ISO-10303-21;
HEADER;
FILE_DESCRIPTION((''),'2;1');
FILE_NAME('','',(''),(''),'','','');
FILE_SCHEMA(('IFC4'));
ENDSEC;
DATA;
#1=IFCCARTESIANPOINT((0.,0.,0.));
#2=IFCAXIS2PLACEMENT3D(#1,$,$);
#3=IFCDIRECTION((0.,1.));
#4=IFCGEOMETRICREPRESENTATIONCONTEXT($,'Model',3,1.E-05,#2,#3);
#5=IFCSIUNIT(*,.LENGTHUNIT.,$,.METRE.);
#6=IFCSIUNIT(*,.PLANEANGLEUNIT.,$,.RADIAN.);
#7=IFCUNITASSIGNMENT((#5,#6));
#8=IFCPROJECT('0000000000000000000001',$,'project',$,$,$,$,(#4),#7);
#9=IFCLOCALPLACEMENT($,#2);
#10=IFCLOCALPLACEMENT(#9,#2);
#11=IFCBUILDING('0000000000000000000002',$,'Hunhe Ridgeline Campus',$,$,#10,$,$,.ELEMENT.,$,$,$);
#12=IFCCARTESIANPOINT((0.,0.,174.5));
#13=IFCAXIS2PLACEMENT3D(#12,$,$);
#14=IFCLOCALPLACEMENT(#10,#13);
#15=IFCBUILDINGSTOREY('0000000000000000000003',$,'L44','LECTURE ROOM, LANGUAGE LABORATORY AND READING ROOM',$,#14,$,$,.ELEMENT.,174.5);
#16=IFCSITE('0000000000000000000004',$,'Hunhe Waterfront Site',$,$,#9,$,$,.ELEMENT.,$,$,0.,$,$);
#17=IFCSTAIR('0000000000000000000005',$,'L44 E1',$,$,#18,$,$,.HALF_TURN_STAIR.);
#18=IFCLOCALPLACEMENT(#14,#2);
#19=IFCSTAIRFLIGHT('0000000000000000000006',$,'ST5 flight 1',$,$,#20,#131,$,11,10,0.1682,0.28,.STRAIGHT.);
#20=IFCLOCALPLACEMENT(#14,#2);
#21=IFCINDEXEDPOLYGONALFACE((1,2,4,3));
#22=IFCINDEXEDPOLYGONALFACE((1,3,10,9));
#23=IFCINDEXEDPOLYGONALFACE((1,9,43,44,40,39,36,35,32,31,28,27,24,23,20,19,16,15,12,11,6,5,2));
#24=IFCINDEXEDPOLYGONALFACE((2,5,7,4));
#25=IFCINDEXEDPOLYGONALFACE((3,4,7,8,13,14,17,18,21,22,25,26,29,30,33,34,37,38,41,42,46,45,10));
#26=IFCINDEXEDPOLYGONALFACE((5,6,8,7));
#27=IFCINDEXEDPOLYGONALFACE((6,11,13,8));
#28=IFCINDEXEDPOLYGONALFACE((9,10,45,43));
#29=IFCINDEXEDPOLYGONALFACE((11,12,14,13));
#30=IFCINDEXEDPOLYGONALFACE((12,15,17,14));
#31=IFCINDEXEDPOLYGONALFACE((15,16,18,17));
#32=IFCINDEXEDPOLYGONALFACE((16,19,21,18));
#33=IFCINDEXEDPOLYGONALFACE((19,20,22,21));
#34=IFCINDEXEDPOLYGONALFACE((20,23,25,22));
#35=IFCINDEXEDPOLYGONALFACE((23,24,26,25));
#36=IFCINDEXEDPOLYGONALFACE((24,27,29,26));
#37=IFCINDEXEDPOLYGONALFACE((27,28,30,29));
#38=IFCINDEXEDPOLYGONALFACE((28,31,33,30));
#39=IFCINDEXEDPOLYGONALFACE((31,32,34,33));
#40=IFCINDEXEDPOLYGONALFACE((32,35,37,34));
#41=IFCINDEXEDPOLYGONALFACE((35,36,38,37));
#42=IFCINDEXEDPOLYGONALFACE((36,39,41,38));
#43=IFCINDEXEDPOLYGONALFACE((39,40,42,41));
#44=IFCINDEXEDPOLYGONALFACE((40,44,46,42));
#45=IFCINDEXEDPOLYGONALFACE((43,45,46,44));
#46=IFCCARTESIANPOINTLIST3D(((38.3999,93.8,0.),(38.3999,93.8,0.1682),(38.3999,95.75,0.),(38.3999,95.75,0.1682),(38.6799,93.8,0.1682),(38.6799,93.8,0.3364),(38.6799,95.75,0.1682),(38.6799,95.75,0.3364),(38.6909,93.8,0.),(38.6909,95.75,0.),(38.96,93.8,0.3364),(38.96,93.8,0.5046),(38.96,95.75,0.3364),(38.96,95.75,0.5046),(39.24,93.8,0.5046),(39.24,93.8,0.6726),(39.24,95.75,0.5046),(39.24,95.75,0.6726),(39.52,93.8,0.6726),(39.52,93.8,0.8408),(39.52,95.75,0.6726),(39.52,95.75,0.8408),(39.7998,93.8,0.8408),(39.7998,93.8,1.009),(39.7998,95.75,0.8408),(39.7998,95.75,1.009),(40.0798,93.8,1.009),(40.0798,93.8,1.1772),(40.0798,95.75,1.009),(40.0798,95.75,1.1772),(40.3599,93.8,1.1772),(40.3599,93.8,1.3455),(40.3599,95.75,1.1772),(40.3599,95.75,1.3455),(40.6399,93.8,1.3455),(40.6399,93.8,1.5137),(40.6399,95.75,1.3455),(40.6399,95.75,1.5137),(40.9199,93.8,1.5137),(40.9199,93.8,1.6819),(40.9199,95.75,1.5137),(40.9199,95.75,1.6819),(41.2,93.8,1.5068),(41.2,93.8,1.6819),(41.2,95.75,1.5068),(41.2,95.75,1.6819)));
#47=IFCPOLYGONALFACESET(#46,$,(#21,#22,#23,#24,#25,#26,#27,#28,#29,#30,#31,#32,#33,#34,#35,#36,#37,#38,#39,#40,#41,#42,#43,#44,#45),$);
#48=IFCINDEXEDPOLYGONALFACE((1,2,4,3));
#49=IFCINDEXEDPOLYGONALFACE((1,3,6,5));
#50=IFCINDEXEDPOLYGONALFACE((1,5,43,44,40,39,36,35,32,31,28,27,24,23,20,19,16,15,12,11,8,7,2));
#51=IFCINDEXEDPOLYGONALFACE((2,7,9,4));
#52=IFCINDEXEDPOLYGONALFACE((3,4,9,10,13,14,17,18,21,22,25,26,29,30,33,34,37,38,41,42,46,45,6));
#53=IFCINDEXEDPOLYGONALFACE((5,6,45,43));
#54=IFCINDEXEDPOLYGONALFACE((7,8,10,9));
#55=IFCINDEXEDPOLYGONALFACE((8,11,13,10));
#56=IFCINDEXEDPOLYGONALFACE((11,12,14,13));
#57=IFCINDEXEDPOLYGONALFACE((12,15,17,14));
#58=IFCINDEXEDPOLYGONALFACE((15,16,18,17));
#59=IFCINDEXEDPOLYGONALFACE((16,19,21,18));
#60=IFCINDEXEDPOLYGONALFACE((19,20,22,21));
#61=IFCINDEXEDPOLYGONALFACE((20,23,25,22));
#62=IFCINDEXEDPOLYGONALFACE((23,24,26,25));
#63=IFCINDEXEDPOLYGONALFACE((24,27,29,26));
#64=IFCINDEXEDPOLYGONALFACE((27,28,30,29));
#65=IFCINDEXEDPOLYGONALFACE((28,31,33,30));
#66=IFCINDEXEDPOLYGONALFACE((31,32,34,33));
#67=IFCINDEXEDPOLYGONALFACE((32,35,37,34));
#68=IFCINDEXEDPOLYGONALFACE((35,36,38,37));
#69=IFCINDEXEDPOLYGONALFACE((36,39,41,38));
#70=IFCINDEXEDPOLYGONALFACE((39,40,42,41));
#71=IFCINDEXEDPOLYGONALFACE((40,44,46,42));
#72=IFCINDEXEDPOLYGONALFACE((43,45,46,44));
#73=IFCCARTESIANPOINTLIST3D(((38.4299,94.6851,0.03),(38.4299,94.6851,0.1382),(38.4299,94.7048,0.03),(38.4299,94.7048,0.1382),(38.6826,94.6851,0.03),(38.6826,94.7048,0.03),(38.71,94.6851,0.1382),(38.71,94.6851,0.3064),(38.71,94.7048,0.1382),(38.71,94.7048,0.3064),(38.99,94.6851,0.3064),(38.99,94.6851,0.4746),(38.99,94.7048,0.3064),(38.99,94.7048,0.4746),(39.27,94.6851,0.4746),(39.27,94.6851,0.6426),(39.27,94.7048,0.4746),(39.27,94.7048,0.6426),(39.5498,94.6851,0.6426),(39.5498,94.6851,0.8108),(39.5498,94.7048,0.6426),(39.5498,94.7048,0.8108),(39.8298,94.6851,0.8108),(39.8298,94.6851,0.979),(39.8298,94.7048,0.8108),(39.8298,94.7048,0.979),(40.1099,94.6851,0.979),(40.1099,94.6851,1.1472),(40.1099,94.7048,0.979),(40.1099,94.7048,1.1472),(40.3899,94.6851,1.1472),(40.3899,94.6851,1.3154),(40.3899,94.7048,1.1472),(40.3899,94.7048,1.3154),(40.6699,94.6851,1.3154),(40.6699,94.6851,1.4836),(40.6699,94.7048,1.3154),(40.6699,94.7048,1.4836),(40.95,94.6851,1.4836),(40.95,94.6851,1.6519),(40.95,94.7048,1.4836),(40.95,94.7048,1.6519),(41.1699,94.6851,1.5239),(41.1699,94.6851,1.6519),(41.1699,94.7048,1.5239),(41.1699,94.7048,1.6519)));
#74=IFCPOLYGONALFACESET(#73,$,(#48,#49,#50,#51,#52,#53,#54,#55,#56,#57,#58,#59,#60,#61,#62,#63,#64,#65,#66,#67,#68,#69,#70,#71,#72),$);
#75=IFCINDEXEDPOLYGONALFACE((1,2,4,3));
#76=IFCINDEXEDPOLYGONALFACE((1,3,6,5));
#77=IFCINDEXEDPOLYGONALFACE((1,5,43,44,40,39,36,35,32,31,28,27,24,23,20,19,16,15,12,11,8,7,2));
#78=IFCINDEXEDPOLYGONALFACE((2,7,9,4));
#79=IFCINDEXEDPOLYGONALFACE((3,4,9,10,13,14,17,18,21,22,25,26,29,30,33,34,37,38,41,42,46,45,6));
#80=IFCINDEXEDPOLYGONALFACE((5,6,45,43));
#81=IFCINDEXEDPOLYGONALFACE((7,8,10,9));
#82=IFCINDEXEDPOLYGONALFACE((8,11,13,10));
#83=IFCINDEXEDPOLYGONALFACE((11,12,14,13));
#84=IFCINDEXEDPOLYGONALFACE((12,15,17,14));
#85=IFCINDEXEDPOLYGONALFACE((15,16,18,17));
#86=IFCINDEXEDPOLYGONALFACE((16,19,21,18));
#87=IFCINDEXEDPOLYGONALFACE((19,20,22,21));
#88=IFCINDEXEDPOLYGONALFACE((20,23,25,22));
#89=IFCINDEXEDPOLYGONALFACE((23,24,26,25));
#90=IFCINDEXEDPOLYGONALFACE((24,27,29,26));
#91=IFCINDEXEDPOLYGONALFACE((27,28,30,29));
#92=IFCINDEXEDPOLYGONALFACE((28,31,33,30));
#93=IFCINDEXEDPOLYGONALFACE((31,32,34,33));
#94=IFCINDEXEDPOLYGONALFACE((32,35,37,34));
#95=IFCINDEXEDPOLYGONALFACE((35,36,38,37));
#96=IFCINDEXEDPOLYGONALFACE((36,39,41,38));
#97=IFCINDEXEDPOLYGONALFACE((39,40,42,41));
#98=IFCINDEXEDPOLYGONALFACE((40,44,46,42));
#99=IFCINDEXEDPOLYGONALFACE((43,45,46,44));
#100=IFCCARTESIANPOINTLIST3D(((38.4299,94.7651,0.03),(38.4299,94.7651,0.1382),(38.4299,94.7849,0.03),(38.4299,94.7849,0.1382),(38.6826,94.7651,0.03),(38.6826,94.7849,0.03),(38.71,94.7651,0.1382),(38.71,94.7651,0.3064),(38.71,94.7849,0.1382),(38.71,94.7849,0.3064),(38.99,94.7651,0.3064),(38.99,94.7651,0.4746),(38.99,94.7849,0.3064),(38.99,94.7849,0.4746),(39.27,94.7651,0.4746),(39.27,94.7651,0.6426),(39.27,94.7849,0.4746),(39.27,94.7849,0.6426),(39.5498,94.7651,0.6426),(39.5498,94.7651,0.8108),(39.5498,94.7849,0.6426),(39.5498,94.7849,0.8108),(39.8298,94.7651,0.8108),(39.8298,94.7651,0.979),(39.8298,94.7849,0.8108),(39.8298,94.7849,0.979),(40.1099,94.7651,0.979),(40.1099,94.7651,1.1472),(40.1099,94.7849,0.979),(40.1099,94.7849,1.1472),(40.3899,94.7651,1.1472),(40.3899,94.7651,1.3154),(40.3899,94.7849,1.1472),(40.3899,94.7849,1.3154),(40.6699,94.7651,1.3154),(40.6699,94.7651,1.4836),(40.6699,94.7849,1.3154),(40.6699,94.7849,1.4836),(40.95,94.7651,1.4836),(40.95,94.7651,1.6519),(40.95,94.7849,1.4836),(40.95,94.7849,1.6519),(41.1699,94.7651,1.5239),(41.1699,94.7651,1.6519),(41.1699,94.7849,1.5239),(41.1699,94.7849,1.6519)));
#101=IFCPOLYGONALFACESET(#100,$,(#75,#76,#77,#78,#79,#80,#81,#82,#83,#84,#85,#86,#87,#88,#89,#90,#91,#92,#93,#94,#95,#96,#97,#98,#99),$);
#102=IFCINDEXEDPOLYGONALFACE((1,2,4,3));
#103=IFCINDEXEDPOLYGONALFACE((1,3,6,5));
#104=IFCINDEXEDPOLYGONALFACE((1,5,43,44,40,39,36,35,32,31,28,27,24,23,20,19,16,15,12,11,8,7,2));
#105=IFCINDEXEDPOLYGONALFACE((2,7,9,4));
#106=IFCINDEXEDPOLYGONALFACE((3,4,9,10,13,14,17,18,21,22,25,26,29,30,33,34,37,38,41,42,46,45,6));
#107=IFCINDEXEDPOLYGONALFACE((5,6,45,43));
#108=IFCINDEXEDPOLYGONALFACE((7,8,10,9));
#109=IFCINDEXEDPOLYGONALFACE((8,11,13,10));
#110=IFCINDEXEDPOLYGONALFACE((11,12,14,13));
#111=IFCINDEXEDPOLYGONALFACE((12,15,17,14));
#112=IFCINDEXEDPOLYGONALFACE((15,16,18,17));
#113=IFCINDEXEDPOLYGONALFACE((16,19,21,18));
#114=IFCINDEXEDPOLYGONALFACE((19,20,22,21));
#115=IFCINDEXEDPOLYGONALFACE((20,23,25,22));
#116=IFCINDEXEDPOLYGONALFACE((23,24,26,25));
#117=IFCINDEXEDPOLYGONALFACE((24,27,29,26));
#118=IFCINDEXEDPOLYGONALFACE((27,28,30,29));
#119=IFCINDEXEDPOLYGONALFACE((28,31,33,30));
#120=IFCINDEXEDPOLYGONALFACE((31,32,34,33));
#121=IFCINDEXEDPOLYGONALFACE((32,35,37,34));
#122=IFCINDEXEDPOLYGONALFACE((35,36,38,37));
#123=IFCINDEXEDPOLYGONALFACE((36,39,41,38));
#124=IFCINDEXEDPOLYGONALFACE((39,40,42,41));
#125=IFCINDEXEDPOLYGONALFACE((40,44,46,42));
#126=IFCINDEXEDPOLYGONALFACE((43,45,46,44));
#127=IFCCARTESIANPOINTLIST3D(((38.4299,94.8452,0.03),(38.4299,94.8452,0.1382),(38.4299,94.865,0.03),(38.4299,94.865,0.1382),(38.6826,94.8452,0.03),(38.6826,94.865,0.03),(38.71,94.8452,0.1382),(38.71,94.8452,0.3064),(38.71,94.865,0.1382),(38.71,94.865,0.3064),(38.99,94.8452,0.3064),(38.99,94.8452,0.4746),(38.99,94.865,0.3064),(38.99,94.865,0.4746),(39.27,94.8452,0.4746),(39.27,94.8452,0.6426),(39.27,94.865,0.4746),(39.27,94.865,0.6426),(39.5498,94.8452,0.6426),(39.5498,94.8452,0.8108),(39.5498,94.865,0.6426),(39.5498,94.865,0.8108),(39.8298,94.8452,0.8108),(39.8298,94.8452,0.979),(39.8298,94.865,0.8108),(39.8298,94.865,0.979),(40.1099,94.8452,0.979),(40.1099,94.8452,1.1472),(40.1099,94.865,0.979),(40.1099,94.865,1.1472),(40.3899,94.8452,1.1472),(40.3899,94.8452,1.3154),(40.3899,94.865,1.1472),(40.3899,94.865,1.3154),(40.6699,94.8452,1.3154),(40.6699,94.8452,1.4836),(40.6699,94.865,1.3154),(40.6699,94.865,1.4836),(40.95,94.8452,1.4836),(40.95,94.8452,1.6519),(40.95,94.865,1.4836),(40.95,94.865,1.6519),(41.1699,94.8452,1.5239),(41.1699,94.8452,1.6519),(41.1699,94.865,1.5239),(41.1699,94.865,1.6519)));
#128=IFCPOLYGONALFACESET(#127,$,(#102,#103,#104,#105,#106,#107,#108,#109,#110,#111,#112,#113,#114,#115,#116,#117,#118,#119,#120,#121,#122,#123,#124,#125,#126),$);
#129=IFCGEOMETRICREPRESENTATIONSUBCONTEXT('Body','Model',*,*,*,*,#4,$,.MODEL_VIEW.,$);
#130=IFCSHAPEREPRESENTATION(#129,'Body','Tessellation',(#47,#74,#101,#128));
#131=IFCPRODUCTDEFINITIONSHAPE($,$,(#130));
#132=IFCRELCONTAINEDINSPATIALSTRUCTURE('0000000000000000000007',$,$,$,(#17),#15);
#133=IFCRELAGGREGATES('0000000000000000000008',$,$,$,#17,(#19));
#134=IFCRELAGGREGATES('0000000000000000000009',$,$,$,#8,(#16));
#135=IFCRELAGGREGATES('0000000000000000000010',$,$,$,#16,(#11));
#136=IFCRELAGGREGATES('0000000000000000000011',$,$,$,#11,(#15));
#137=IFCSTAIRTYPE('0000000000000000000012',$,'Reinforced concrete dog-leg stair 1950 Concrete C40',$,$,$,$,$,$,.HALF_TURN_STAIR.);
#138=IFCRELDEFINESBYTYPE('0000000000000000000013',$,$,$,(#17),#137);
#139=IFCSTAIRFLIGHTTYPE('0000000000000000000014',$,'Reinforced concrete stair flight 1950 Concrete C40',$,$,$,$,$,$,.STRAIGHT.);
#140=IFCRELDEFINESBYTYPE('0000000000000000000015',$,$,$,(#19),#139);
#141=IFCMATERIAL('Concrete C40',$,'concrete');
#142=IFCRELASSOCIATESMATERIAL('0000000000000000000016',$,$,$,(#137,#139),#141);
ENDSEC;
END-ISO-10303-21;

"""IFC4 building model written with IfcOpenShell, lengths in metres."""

from ifc_helpers import new_model, si_unit, direction, frame, origin, place, context, subcontext, project, spatial, polyline, outline, extrude, material, type_object, element, aggregate, save


model = new_model("IFC4")

# Units and contexts
model_context = context("Model", 3, precision=1e-05, world=origin(), true_north=direction((0.0, 1.0)))
body_context = subcontext(model_context, "Body", "Model", "MODEL_VIEW")
ifc_project = project(units=[si_unit("LENGTHUNIT", "METRE"), si_unit("PLANEANGLEUNIT", "RADIAN")], contexts=[model_context])

# Site, building, storey
site_placement = place(None, origin())
site = spatial("IfcSite", under=ifc_project, at=site_placement, Name="Hunhe Waterfront Site", CompositionType="ELEMENT", RefElevation=0.0)
building_placement = place(site_placement, origin())
building = spatial("IfcBuilding", under=site, at=building_placement, Name="Hunhe Ridgeline Campus", CompositionType="ELEMENT")
storey_placement = place(building_placement, frame((0.0, 0.0, 174.5)))
storey = spatial("IfcBuildingStorey", under=building, at=storey_placement, Name="L44", Description="LECTURE ROOM, LANGUAGE LABORATORY AND READING ROOM", CompositionType="ELEMENT", Elevation=174.5)

# Shared definitions
ifc_material_1 = material(Name="Concrete C40", Category="concrete")
stair_type = type_object("IfcStairType", Name="Reinforced concrete dog-leg stair 1950 Concrete C40", PredefinedType="HALF_TURN_STAIR", material=ifc_material_1)
stair_flight_type = type_object("IfcStairFlightType", Name="Reinforced concrete stair flight 1950 Concrete C40", PredefinedType="STRAIGHT", material=ifc_material_1)

# Stair, stair flight
stair_1_placement = place(storey_placement, origin())
stair_1 = element("IfcStair", 1, at=stair_1_placement, inside=storey, type_object=stair_type, Name="L44 E1", PredefinedType="HALF_TURN_STAIR")
stair_flight_1_placement = place(storey_placement, frame((38.3999, 94.7749, 0.0), z_axis=(0.0, 0.0, 1.0), x_axis=(1.0, 0.0, 0.0)))
stair_flight_1 = element("IfcStairFlight", 2, at=stair_flight_1_placement, type_object=stair_flight_type, Name="ST5 flight 1", NumberOfRisers=11, NumberOfTreads=10, PredefinedType="STRAIGHT", RiserHeight=0.1682, TreadLength=0.28, context=body_context, shape_type="SweptSolid", body=[
    extrude(outline(polyline([(0.0, 0.0), (0.0, 0.1682), (0.28, 0.1682), (0.28, 0.3364), (0.5601, 0.3364), (0.5601, 0.5046), (0.8401, 0.5046), (0.8401, 0.6726), (1.1201, 0.6726), (1.1201, 0.8408), (1.3999, 0.8408), (1.3999, 1.009), (1.6799, 1.009), (1.6799, 1.1772), (1.96, 1.1772), (1.96, 1.3455), (2.24, 1.3455), (2.24, 1.5137), (2.52, 1.5137), (2.52, 1.6819), (2.8, 1.6819), (2.8, 1.8501), (2.8, 1.5068), (0.291, 0.0), (0.0, 0.0)])), frame((0.0, 0.9751, 0.0), z_axis=(0.0, -1.0, 0.0), x_axis=(1.0, 0.0, 0.0)), (0.0, 0.0, 1.0), 1.95),
    extrude(outline(polyline([(0.03, 0.03), (0.03, 0.1382), (0.3101, 0.1382), (0.3101, 0.3064), (0.5901, 0.3064), (0.5901, 0.4746), (0.8701, 0.4746), (0.8701, 0.6426), (1.1499, 0.6426), (1.1499, 0.8108), (1.4299, 0.8108), (1.4299, 0.979), (1.71, 0.979), (1.71, 1.1472), (1.99, 1.1472), (1.99, 1.3154), (2.27, 1.3154), (2.27, 1.4836), (2.55, 1.4836), (2.55, 1.6519), (2.77, 1.6519), (2.77, 1.5239), (0.2827, 0.03), (0.03, 0.03)])), frame((0.0, -0.0701, 0.0), z_axis=(0.0, -1.0, 0.0), x_axis=(1.0, 0.0, 0.0)), (0.0, 0.0, 1.0), 0.0198),
    extrude(outline(polyline([(0.03, 0.03), (0.03, 0.1382), (0.3101, 0.1382), (0.3101, 0.3064), (0.5901, 0.3064), (0.5901, 0.4746), (0.8701, 0.4746), (0.8701, 0.6426), (1.1499, 0.6426), (1.1499, 0.8108), (1.4299, 0.8108), (1.4299, 0.979), (1.71, 0.979), (1.71, 1.1472), (1.99, 1.1472), (1.99, 1.3154), (2.27, 1.3154), (2.27, 1.4836), (2.55, 1.4836), (2.55, 1.6519), (2.77, 1.6519), (2.77, 1.5239), (0.2827, 0.03), (0.03, 0.03)])), frame((0.0, 0.01, 0.0), z_axis=(0.0, -1.0, 0.0), x_axis=(1.0, 0.0, 0.0)), (0.0, 0.0, 1.0), 0.0198),
    extrude(outline(polyline([(0.03, 0.03), (0.03, 0.1382), (0.3101, 0.1382), (0.3101, 0.3064), (0.5901, 0.3064), (0.5901, 0.4746), (0.8701, 0.4746), (0.8701, 0.6426), (1.1499, 0.6426), (1.1499, 0.8108), (1.4299, 0.8108), (1.4299, 0.979), (1.71, 0.979), (1.71, 1.1472), (1.99, 1.1472), (1.99, 1.3154), (2.27, 1.3154), (2.27, 1.4836), (2.55, 1.4836), (2.55, 1.6519), (2.77, 1.6519), (2.77, 1.5239), (0.2827, 0.03), (0.03, 0.03)])), frame((0.0, 0.0901, 0.0), z_axis=(0.0, -1.0, 0.0), x_axis=(1.0, 0.0, 0.0)), (0.0, 0.0, 1.0), 0.0198),
])
aggregate(stair_1, [stair_flight_1])

save(model, "model.ifc")
